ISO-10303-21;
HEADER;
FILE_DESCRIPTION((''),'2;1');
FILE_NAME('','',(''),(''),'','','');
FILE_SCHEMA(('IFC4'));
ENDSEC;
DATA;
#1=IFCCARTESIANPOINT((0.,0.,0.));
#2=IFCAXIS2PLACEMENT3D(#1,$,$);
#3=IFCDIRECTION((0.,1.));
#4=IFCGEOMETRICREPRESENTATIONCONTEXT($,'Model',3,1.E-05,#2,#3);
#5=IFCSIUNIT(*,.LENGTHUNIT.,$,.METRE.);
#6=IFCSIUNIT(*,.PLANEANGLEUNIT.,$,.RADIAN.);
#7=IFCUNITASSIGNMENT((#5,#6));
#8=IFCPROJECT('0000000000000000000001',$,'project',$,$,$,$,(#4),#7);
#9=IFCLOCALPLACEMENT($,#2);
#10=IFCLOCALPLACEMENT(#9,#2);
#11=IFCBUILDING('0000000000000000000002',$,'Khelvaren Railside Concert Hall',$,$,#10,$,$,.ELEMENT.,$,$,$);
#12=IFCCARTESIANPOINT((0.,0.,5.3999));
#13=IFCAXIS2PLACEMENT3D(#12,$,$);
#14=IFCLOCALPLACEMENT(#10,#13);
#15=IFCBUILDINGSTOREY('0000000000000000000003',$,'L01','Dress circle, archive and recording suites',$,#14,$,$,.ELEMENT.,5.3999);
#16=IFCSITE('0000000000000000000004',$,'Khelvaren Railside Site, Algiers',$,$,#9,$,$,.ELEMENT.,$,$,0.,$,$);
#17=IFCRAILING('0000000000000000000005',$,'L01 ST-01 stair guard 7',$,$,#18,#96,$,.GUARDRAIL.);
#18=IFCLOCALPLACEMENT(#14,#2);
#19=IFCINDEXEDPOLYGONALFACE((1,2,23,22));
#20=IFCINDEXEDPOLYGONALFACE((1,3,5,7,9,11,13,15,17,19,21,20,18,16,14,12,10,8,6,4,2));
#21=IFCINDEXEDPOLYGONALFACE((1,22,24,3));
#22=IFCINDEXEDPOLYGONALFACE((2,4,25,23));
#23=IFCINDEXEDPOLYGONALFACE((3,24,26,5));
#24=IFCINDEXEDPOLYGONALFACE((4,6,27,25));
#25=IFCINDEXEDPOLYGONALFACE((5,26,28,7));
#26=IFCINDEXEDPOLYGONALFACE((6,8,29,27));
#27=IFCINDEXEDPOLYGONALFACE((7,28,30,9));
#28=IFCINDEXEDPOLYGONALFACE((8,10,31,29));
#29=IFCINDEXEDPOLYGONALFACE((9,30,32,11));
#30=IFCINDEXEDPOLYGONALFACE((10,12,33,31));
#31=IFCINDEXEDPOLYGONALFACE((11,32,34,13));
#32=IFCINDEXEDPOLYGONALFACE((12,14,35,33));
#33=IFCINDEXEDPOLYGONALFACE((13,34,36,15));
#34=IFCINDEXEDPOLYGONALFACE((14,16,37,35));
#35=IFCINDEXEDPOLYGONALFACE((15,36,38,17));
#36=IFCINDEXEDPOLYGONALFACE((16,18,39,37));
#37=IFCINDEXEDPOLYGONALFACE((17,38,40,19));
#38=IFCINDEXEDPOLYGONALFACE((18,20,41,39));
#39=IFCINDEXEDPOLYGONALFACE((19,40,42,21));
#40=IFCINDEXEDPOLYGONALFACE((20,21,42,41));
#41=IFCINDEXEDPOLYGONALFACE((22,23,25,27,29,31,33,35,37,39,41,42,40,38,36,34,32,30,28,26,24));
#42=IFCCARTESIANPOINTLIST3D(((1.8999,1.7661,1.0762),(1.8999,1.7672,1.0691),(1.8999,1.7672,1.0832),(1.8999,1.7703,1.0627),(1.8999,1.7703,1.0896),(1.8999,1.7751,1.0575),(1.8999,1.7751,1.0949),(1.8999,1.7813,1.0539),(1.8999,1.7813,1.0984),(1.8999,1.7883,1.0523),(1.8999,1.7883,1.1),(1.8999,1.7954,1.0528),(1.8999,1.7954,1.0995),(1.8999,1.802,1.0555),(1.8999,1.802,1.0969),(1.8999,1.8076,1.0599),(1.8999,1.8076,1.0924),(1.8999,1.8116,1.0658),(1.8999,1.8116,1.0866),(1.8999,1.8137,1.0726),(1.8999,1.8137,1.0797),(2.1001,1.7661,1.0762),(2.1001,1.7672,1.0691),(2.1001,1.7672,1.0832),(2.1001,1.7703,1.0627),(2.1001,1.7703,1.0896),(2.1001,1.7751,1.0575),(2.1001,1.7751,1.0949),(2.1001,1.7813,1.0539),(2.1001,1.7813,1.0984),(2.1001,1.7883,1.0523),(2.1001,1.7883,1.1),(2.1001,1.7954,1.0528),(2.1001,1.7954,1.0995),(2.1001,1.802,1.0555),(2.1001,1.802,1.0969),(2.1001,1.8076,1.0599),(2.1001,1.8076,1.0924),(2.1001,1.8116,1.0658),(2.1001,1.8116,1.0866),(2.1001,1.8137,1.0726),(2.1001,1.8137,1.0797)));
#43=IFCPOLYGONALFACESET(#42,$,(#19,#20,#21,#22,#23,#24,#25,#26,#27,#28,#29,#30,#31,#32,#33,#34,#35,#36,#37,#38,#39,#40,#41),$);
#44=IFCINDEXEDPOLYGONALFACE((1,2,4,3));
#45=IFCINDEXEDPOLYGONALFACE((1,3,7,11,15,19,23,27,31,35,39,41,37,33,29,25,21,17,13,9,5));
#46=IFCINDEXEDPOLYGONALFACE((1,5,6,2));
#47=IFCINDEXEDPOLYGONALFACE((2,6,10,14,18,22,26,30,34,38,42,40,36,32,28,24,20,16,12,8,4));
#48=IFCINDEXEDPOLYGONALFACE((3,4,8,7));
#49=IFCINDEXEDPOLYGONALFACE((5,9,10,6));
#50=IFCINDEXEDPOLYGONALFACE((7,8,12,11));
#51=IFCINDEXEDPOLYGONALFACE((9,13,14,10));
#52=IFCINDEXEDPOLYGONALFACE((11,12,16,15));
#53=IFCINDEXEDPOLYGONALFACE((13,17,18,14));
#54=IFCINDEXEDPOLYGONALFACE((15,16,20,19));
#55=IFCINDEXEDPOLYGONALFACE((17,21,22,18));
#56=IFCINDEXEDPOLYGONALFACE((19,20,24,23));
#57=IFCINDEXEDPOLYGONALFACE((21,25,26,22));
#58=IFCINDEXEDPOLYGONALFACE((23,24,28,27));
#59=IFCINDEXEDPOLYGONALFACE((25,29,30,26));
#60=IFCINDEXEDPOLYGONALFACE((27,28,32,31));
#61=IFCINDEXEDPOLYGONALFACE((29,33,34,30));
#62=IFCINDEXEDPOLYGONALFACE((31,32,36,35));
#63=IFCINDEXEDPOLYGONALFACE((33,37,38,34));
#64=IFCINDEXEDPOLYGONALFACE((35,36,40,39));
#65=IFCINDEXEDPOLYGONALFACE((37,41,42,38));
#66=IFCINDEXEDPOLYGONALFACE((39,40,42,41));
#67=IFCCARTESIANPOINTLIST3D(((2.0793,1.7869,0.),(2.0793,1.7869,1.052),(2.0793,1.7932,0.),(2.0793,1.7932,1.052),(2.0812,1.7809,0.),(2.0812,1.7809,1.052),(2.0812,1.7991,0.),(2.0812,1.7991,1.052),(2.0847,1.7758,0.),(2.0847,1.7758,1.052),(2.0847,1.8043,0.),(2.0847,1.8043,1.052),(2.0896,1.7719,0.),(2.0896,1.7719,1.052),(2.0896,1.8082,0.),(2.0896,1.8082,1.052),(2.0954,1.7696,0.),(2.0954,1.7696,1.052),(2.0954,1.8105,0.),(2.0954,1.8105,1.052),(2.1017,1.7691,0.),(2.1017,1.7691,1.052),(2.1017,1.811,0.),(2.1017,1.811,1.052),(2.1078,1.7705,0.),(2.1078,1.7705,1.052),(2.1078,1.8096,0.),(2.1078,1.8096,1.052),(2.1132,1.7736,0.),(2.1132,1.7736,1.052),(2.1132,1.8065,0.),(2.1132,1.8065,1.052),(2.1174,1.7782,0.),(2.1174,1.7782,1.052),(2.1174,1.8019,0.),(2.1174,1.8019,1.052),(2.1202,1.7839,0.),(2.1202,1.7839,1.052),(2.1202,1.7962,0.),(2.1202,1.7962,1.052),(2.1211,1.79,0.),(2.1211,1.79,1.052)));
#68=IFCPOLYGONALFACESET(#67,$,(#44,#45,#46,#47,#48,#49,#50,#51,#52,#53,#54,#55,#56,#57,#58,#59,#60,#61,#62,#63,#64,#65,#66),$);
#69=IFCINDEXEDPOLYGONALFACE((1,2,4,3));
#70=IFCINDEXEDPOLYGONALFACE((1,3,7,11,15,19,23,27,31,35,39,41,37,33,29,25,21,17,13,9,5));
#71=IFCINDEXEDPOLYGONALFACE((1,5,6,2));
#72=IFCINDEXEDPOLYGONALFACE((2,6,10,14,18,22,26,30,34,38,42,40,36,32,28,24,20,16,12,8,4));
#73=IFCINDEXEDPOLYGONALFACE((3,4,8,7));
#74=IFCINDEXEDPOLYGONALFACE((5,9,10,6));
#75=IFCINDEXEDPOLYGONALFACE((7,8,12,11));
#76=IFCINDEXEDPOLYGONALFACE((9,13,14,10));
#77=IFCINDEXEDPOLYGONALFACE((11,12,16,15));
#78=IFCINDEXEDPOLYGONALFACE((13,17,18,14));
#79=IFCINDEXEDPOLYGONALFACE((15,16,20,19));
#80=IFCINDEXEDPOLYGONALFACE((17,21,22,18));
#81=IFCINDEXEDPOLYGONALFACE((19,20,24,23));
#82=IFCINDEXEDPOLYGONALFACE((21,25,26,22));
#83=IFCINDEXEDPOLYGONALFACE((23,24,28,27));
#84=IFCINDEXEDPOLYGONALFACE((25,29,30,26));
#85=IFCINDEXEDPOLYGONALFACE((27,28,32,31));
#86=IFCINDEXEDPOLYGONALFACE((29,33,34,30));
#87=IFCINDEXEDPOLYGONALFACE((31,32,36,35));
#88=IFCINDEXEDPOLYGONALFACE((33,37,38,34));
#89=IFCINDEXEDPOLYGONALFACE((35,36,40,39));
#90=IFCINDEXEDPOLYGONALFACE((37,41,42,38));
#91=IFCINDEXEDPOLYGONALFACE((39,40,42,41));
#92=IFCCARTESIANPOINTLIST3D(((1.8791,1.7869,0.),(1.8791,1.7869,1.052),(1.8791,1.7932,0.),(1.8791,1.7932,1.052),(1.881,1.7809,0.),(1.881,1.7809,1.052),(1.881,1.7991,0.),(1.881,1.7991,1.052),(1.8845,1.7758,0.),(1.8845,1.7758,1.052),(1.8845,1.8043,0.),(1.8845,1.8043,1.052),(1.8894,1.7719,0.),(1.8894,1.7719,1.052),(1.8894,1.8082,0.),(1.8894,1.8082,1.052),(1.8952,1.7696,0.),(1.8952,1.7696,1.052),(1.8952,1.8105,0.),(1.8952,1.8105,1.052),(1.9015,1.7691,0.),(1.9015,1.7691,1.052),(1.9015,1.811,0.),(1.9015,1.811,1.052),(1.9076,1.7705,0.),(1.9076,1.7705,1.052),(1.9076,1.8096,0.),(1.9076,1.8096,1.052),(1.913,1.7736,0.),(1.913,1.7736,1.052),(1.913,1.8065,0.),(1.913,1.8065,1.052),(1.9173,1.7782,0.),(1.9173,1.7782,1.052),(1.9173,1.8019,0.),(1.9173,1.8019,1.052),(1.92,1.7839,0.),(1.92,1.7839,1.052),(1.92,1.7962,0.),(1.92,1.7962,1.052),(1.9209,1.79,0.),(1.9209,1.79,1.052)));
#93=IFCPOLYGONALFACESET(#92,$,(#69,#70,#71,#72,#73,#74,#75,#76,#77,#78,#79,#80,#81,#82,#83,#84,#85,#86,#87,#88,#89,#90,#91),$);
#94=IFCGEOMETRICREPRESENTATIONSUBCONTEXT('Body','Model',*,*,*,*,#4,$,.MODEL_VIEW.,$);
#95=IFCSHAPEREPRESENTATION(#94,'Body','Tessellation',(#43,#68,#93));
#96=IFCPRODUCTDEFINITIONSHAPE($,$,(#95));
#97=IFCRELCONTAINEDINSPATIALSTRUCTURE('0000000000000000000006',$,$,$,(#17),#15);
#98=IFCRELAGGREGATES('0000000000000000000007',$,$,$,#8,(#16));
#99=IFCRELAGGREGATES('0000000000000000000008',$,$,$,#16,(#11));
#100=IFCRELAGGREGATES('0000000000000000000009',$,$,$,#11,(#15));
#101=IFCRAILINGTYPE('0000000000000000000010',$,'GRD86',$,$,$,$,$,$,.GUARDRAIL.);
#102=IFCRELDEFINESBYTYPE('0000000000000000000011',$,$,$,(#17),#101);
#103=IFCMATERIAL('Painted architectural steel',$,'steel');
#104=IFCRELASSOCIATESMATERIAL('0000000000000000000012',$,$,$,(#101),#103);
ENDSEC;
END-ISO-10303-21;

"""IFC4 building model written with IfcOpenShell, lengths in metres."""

from ifc_helpers import new_model, si_unit, direction, frame, origin, origin_2d, place, context, subcontext, project, spatial, circle, extrude, material, type_object, element, save


model = new_model("IFC4")

# Units and contexts
model_context = context("Model", 3, precision=1e-05, world=origin(), true_north=direction((0.0, 1.0)))
body_context = subcontext(model_context, "Body", "Model", "MODEL_VIEW")
ifc_project = project(units=[si_unit("LENGTHUNIT", "METRE"), si_unit("PLANEANGLEUNIT", "RADIAN")], contexts=[model_context])

# Site, building, storey
site_placement = place(None, origin())
site = spatial("IfcSite", under=ifc_project, at=site_placement, Name="Khelvaren Railside Site, Algiers", CompositionType="ELEMENT", RefElevation=0.0)
building_placement = place(site_placement, origin())
building = spatial("IfcBuilding", under=site, at=building_placement, Name="Khelvaren Railside Concert Hall", CompositionType="ELEMENT")
storey_placement = place(building_placement, frame((0.0, 0.0, 5.3999)))
storey = spatial("IfcBuildingStorey", under=building, at=storey_placement, Name="L01", Description="Dress circle, archive and recording suites", CompositionType="ELEMENT", Elevation=5.3999)

# Railing
ifc_material_1 = material(Name="Painted architectural steel", Category="steel")
railing_type_1 = type_object("IfcRailingType", Name="GRD86", PredefinedType="GUARDRAIL", material=ifc_material_1)
railing_1_placement = place(storey_placement, frame((2.1001, 1.79, 0.0)))
element("IfcRailing", 1, at=railing_1_placement, inside=storey, type_object=railing_type_1, Name="L01 ST-01 stair guard 7", PredefinedType="GUARDRAIL", context=body_context, shape_type="SweptSolid", body=[
    extrude(circle(Radius=0.0239, at=origin_2d()), frame((0.0, 0.0, 1.0762), z_axis=(-1.0, 0.0, 0.0), x_axis=(0.0, -1.0, 0.0)), (0.0, 0.0, 1.0), 0.2002),
    extrude(circle(Radius=0.021, at=origin_2d()), origin(), (0.0, 0.0, 1.0), 1.052),
    extrude(circle(Radius=0.021, at=origin_2d()), frame((-0.2002, 0.0, 0.0)), (0.0, 0.0, 1.0), 1.052),
])

save(model, "model.ifc")
